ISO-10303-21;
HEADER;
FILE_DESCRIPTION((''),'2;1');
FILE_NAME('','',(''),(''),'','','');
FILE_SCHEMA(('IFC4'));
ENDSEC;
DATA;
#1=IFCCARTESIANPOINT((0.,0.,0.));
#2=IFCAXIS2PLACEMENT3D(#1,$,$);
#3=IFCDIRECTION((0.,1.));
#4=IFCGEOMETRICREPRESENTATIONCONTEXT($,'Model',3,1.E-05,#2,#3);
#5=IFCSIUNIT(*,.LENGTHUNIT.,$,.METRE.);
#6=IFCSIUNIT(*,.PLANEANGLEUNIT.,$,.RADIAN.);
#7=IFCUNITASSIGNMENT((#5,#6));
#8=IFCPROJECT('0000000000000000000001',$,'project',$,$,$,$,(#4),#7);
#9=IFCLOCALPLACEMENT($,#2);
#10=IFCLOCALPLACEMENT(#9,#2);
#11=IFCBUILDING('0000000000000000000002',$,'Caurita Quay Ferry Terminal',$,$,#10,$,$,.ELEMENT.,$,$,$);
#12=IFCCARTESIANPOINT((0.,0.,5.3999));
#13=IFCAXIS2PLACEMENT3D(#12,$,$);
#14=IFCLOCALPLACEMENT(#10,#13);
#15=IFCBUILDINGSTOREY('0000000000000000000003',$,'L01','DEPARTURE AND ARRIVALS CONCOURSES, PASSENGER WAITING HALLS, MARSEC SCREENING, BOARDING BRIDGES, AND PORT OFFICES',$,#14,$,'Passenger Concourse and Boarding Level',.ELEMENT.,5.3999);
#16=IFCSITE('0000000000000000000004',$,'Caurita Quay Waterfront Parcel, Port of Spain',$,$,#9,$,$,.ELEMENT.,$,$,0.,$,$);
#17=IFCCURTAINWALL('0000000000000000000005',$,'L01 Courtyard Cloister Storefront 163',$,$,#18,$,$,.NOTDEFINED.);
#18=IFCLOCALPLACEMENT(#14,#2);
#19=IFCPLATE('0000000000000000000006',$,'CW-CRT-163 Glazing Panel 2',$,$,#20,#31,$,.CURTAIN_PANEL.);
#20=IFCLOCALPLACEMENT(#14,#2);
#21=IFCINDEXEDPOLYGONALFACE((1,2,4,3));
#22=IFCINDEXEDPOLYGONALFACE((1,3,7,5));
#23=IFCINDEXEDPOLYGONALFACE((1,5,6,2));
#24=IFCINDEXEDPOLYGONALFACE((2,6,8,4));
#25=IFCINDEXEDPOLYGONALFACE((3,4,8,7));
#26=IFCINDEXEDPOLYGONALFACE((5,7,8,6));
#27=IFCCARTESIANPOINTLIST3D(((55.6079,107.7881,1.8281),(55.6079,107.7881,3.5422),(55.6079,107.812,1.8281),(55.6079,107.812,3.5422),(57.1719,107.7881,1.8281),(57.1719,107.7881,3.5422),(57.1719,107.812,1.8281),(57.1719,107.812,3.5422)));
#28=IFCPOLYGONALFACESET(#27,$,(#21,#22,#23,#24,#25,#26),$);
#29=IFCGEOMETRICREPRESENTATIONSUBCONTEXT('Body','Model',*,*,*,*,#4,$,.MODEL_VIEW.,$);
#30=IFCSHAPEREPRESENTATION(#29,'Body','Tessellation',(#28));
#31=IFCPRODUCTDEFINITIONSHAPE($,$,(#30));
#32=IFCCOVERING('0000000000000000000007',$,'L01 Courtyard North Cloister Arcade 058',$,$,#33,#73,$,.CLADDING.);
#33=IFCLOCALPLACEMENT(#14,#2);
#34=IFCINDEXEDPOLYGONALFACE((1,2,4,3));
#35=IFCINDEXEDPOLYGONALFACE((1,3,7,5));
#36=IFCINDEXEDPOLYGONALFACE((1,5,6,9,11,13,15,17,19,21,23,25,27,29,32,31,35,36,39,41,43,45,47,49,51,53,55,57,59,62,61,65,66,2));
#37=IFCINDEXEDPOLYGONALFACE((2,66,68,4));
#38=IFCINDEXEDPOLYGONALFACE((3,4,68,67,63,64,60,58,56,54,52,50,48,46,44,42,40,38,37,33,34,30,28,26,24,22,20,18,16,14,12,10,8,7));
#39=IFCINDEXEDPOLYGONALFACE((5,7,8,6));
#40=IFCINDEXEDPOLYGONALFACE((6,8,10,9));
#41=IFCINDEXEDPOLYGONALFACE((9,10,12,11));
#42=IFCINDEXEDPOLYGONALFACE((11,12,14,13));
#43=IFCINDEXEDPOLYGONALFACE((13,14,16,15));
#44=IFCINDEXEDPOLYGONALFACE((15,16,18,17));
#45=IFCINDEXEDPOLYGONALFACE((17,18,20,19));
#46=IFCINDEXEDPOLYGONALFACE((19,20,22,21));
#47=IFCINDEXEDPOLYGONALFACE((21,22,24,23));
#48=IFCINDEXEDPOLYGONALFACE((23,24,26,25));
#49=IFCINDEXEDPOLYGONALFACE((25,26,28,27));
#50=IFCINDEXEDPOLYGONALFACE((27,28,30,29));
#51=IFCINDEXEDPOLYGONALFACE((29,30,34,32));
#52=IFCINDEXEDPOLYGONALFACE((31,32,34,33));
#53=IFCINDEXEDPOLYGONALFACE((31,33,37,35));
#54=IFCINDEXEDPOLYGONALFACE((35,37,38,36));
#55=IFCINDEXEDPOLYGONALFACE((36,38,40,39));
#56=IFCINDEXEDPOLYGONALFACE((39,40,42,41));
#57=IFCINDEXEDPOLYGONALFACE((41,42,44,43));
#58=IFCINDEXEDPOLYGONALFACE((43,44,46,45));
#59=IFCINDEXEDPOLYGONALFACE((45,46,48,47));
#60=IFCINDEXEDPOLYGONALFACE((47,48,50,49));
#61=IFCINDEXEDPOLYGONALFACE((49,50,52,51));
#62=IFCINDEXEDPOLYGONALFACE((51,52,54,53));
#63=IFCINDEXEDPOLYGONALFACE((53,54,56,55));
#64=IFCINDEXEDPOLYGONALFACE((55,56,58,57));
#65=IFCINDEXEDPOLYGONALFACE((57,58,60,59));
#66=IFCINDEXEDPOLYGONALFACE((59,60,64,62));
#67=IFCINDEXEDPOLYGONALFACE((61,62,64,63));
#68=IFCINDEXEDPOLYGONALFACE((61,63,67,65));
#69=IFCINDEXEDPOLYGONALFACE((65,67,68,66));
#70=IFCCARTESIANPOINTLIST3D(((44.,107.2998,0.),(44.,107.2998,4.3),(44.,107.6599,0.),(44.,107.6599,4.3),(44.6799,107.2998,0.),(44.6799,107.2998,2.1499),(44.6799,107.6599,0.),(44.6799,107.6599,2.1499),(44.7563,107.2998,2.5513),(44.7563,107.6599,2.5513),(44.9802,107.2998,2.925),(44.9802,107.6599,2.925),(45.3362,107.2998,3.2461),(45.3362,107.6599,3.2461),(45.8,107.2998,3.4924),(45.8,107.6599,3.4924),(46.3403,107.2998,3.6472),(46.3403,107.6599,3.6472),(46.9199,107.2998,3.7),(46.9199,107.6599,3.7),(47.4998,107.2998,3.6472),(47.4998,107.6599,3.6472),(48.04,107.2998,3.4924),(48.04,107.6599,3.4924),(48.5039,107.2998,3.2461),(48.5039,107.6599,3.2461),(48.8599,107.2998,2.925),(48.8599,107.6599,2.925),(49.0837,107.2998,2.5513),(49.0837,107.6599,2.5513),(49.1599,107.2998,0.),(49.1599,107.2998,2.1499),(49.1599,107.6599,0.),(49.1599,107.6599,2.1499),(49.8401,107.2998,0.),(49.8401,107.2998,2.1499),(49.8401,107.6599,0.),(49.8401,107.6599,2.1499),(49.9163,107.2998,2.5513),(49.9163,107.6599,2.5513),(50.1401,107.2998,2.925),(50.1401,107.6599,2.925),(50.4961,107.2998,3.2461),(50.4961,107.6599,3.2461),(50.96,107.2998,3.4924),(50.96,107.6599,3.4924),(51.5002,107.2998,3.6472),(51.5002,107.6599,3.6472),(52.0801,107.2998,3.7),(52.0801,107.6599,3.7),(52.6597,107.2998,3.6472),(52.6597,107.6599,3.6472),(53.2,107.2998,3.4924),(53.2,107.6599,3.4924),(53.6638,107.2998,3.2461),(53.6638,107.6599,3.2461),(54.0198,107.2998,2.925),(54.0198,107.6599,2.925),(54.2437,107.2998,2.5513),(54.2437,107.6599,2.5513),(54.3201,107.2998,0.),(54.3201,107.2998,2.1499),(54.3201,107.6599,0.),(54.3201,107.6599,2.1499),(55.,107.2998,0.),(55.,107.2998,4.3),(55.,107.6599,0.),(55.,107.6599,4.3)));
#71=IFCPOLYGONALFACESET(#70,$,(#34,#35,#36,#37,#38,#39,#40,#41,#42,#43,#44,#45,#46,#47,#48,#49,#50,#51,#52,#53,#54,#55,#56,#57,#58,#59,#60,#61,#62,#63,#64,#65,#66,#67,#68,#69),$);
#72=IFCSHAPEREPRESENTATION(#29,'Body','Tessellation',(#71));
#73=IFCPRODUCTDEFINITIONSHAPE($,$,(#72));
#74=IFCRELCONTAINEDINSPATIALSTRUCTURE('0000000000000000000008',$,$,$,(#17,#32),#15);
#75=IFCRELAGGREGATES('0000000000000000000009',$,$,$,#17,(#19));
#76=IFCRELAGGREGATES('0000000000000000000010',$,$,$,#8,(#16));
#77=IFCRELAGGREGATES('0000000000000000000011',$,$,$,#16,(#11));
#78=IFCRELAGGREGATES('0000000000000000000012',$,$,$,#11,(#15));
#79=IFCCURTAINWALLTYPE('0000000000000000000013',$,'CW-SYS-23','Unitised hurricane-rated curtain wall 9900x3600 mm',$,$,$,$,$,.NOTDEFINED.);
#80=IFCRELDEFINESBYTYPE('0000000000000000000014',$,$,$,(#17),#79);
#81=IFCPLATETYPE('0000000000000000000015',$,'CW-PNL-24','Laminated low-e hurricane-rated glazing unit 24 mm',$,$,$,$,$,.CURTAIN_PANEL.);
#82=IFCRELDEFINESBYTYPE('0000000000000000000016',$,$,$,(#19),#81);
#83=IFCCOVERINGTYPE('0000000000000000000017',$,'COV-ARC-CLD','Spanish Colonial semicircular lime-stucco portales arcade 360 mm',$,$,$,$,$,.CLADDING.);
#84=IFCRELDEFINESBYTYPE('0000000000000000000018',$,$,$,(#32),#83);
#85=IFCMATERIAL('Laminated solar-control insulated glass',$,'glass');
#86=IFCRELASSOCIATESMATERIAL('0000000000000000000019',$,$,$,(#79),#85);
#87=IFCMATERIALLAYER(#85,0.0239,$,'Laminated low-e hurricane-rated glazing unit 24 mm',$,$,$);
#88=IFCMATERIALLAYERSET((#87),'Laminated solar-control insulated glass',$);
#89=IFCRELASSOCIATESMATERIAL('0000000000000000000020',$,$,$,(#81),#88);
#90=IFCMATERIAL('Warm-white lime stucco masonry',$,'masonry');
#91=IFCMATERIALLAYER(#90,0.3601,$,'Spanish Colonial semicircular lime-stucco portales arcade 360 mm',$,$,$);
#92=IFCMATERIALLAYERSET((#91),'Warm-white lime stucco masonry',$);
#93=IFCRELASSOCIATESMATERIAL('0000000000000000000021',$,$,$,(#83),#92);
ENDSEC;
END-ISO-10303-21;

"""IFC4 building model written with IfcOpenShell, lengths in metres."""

from ifc_helpers import new_model, si_unit, direction, frame, origin, origin_2d, place, context, subcontext, project, spatial, polyline, rectangle, outline, extrude, material, layer, layer_set, type_object, element, aggregate, save


model = new_model("IFC4")

# Units and contexts
model_context = context("Model", 3, precision=1e-05, world=origin(), true_north=direction((0.0, 1.0)))
body_context = subcontext(model_context, "Body", "Model", "MODEL_VIEW")
ifc_project = project(units=[si_unit("LENGTHUNIT", "METRE"), si_unit("PLANEANGLEUNIT", "RADIAN")], contexts=[model_context])

# Site, building, storey
site_placement = place(None, origin())
site = spatial("IfcSite", under=ifc_project, at=site_placement, Name="Caurita Quay Waterfront Parcel, Port of Spain", CompositionType="ELEMENT", RefElevation=0.0)
building_placement = place(site_placement, origin())
building = spatial("IfcBuilding", under=site, at=building_placement, Name="Caurita Quay Ferry Terminal", CompositionType="ELEMENT")
storey_placement = place(building_placement, frame((0.0, 0.0, 5.3999)))
storey = spatial("IfcBuildingStorey", under=building, at=storey_placement, Name="L01", Description="DEPARTURE AND ARRIVALS CONCOURSES, PASSENGER WAITING HALLS, MARSEC SCREENING, BOARDING BRIDGES, AND PORT OFFICES", LongName="Passenger Concourse and Boarding Level", CompositionType="ELEMENT", Elevation=5.3999)

# Curtain wall
ifc_material_1 = material(Name="Laminated solar-control insulated glass", Category="glass")
curtain_wall_type = type_object("IfcCurtainWallType", Name="CW-SYS-23", Description="Unitised hurricane-rated curtain wall 9900x3600 mm", PredefinedType="NOTDEFINED", material=ifc_material_1)
curtain_wall_1_placement = place(storey_placement, origin())
curtain_wall_1 = element("IfcCurtainWall", 1, at=curtain_wall_1_placement, inside=storey, type_object=curtain_wall_type, Name="L01 Courtyard Cloister Storefront 163", PredefinedType="NOTDEFINED")

# Plate
ifc_layer_1 = layer(ifc_material_1, 0.0239, Name="Laminated low-e hurricane-rated glazing unit 24 mm")
ifc_layer_set_1 = layer_set([ifc_layer_1], Name="Laminated solar-control insulated glass")
plate_type = type_object("IfcPlateType", Name="CW-PNL-24", Description="Laminated low-e hurricane-rated glazing unit 24 mm", PredefinedType="CURTAIN_PANEL", material=ifc_layer_set_1)
plate_1_placement = place(storey_placement, frame((56.3899, 107.8, 1.8281), z_axis=(0.0, 0.0, 1.0), x_axis=(1.0, 0.0, 0.0)))
plate_1 = element("IfcPlate", 2, at=plate_1_placement, type_object=plate_type, Name="CW-CRT-163 Glazing Panel 2", PredefinedType="CURTAIN_PANEL", context=body_context, shape_type="SweptSolid", body=[
    extrude(rectangle(XDim=1.564, YDim=0.0239, at=origin_2d()), origin(), (0.0, 0.0, 1.0), 1.7141),
])
aggregate(curtain_wall_1, [plate_1])

# Covering
ifc_material_2 = material(Name="Warm-white lime stucco masonry", Category="masonry")
ifc_layer_2 = layer(ifc_material_2, 0.3601, Name="Spanish Colonial semicircular lime-stucco portales arcade 360 mm")
ifc_layer_set_2 = layer_set([ifc_layer_2], Name="Warm-white lime stucco masonry")
covering_type = type_object("IfcCoveringType", Name="COV-ARC-CLD", Description="Spanish Colonial semicircular lime-stucco portales arcade 360 mm", PredefinedType="CLADDING", material=ifc_layer_set_2)
covering_placement = place(storey_placement, frame((55.0, 107.48, 0.0), z_axis=(0.0, 0.0, 1.0), x_axis=(-1.0, 0.0, 0.0)))
element("IfcCovering", 3, at=covering_placement, inside=storey, type_object=covering_type, Name="L01 Courtyard North Cloister Arcade 058", PredefinedType="CLADDING", context=body_context, shape_type="SweptSolid", body=[
    extrude(outline(polyline([(0.0, 0.0), (0.6799, 0.0), (0.6799, 2.1499), (0.7563, 2.5513), (0.9802, 2.925), (1.3362, 3.2461), (1.8, 3.4924), (2.3403, 3.6472), (2.9199, 3.7), (3.4998, 3.6472), (4.04, 3.4924), (4.5039, 3.2461), (4.8599, 2.925), (5.0837, 2.5513), (5.1599, 2.1499), (5.1599, 0.0), (5.8401, 0.0), (5.8401, 2.1499), (5.9163, 2.5513), (6.1401, 2.925), (6.4961, 3.2461), (6.96, 3.4924), (7.5002, 3.6472), (8.0801, 3.7), (8.6597, 3.6472), (9.2, 3.4924), (9.6638, 3.2461), (10.0198, 2.925), (10.2437, 2.5513), (10.3201, 2.1499), (10.3201, 0.0), (11.0, 0.0), (11.0, 4.3), (0.0, 4.3), (0.0, 0.0)])), frame((0.0, 0.1802, 0.0), z_axis=(0.0, -1.0, 0.0), x_axis=(1.0, 0.0, 0.0)), (0.0, 0.0, 1.0), 0.3601),
])

save(model, "model.ifc")
